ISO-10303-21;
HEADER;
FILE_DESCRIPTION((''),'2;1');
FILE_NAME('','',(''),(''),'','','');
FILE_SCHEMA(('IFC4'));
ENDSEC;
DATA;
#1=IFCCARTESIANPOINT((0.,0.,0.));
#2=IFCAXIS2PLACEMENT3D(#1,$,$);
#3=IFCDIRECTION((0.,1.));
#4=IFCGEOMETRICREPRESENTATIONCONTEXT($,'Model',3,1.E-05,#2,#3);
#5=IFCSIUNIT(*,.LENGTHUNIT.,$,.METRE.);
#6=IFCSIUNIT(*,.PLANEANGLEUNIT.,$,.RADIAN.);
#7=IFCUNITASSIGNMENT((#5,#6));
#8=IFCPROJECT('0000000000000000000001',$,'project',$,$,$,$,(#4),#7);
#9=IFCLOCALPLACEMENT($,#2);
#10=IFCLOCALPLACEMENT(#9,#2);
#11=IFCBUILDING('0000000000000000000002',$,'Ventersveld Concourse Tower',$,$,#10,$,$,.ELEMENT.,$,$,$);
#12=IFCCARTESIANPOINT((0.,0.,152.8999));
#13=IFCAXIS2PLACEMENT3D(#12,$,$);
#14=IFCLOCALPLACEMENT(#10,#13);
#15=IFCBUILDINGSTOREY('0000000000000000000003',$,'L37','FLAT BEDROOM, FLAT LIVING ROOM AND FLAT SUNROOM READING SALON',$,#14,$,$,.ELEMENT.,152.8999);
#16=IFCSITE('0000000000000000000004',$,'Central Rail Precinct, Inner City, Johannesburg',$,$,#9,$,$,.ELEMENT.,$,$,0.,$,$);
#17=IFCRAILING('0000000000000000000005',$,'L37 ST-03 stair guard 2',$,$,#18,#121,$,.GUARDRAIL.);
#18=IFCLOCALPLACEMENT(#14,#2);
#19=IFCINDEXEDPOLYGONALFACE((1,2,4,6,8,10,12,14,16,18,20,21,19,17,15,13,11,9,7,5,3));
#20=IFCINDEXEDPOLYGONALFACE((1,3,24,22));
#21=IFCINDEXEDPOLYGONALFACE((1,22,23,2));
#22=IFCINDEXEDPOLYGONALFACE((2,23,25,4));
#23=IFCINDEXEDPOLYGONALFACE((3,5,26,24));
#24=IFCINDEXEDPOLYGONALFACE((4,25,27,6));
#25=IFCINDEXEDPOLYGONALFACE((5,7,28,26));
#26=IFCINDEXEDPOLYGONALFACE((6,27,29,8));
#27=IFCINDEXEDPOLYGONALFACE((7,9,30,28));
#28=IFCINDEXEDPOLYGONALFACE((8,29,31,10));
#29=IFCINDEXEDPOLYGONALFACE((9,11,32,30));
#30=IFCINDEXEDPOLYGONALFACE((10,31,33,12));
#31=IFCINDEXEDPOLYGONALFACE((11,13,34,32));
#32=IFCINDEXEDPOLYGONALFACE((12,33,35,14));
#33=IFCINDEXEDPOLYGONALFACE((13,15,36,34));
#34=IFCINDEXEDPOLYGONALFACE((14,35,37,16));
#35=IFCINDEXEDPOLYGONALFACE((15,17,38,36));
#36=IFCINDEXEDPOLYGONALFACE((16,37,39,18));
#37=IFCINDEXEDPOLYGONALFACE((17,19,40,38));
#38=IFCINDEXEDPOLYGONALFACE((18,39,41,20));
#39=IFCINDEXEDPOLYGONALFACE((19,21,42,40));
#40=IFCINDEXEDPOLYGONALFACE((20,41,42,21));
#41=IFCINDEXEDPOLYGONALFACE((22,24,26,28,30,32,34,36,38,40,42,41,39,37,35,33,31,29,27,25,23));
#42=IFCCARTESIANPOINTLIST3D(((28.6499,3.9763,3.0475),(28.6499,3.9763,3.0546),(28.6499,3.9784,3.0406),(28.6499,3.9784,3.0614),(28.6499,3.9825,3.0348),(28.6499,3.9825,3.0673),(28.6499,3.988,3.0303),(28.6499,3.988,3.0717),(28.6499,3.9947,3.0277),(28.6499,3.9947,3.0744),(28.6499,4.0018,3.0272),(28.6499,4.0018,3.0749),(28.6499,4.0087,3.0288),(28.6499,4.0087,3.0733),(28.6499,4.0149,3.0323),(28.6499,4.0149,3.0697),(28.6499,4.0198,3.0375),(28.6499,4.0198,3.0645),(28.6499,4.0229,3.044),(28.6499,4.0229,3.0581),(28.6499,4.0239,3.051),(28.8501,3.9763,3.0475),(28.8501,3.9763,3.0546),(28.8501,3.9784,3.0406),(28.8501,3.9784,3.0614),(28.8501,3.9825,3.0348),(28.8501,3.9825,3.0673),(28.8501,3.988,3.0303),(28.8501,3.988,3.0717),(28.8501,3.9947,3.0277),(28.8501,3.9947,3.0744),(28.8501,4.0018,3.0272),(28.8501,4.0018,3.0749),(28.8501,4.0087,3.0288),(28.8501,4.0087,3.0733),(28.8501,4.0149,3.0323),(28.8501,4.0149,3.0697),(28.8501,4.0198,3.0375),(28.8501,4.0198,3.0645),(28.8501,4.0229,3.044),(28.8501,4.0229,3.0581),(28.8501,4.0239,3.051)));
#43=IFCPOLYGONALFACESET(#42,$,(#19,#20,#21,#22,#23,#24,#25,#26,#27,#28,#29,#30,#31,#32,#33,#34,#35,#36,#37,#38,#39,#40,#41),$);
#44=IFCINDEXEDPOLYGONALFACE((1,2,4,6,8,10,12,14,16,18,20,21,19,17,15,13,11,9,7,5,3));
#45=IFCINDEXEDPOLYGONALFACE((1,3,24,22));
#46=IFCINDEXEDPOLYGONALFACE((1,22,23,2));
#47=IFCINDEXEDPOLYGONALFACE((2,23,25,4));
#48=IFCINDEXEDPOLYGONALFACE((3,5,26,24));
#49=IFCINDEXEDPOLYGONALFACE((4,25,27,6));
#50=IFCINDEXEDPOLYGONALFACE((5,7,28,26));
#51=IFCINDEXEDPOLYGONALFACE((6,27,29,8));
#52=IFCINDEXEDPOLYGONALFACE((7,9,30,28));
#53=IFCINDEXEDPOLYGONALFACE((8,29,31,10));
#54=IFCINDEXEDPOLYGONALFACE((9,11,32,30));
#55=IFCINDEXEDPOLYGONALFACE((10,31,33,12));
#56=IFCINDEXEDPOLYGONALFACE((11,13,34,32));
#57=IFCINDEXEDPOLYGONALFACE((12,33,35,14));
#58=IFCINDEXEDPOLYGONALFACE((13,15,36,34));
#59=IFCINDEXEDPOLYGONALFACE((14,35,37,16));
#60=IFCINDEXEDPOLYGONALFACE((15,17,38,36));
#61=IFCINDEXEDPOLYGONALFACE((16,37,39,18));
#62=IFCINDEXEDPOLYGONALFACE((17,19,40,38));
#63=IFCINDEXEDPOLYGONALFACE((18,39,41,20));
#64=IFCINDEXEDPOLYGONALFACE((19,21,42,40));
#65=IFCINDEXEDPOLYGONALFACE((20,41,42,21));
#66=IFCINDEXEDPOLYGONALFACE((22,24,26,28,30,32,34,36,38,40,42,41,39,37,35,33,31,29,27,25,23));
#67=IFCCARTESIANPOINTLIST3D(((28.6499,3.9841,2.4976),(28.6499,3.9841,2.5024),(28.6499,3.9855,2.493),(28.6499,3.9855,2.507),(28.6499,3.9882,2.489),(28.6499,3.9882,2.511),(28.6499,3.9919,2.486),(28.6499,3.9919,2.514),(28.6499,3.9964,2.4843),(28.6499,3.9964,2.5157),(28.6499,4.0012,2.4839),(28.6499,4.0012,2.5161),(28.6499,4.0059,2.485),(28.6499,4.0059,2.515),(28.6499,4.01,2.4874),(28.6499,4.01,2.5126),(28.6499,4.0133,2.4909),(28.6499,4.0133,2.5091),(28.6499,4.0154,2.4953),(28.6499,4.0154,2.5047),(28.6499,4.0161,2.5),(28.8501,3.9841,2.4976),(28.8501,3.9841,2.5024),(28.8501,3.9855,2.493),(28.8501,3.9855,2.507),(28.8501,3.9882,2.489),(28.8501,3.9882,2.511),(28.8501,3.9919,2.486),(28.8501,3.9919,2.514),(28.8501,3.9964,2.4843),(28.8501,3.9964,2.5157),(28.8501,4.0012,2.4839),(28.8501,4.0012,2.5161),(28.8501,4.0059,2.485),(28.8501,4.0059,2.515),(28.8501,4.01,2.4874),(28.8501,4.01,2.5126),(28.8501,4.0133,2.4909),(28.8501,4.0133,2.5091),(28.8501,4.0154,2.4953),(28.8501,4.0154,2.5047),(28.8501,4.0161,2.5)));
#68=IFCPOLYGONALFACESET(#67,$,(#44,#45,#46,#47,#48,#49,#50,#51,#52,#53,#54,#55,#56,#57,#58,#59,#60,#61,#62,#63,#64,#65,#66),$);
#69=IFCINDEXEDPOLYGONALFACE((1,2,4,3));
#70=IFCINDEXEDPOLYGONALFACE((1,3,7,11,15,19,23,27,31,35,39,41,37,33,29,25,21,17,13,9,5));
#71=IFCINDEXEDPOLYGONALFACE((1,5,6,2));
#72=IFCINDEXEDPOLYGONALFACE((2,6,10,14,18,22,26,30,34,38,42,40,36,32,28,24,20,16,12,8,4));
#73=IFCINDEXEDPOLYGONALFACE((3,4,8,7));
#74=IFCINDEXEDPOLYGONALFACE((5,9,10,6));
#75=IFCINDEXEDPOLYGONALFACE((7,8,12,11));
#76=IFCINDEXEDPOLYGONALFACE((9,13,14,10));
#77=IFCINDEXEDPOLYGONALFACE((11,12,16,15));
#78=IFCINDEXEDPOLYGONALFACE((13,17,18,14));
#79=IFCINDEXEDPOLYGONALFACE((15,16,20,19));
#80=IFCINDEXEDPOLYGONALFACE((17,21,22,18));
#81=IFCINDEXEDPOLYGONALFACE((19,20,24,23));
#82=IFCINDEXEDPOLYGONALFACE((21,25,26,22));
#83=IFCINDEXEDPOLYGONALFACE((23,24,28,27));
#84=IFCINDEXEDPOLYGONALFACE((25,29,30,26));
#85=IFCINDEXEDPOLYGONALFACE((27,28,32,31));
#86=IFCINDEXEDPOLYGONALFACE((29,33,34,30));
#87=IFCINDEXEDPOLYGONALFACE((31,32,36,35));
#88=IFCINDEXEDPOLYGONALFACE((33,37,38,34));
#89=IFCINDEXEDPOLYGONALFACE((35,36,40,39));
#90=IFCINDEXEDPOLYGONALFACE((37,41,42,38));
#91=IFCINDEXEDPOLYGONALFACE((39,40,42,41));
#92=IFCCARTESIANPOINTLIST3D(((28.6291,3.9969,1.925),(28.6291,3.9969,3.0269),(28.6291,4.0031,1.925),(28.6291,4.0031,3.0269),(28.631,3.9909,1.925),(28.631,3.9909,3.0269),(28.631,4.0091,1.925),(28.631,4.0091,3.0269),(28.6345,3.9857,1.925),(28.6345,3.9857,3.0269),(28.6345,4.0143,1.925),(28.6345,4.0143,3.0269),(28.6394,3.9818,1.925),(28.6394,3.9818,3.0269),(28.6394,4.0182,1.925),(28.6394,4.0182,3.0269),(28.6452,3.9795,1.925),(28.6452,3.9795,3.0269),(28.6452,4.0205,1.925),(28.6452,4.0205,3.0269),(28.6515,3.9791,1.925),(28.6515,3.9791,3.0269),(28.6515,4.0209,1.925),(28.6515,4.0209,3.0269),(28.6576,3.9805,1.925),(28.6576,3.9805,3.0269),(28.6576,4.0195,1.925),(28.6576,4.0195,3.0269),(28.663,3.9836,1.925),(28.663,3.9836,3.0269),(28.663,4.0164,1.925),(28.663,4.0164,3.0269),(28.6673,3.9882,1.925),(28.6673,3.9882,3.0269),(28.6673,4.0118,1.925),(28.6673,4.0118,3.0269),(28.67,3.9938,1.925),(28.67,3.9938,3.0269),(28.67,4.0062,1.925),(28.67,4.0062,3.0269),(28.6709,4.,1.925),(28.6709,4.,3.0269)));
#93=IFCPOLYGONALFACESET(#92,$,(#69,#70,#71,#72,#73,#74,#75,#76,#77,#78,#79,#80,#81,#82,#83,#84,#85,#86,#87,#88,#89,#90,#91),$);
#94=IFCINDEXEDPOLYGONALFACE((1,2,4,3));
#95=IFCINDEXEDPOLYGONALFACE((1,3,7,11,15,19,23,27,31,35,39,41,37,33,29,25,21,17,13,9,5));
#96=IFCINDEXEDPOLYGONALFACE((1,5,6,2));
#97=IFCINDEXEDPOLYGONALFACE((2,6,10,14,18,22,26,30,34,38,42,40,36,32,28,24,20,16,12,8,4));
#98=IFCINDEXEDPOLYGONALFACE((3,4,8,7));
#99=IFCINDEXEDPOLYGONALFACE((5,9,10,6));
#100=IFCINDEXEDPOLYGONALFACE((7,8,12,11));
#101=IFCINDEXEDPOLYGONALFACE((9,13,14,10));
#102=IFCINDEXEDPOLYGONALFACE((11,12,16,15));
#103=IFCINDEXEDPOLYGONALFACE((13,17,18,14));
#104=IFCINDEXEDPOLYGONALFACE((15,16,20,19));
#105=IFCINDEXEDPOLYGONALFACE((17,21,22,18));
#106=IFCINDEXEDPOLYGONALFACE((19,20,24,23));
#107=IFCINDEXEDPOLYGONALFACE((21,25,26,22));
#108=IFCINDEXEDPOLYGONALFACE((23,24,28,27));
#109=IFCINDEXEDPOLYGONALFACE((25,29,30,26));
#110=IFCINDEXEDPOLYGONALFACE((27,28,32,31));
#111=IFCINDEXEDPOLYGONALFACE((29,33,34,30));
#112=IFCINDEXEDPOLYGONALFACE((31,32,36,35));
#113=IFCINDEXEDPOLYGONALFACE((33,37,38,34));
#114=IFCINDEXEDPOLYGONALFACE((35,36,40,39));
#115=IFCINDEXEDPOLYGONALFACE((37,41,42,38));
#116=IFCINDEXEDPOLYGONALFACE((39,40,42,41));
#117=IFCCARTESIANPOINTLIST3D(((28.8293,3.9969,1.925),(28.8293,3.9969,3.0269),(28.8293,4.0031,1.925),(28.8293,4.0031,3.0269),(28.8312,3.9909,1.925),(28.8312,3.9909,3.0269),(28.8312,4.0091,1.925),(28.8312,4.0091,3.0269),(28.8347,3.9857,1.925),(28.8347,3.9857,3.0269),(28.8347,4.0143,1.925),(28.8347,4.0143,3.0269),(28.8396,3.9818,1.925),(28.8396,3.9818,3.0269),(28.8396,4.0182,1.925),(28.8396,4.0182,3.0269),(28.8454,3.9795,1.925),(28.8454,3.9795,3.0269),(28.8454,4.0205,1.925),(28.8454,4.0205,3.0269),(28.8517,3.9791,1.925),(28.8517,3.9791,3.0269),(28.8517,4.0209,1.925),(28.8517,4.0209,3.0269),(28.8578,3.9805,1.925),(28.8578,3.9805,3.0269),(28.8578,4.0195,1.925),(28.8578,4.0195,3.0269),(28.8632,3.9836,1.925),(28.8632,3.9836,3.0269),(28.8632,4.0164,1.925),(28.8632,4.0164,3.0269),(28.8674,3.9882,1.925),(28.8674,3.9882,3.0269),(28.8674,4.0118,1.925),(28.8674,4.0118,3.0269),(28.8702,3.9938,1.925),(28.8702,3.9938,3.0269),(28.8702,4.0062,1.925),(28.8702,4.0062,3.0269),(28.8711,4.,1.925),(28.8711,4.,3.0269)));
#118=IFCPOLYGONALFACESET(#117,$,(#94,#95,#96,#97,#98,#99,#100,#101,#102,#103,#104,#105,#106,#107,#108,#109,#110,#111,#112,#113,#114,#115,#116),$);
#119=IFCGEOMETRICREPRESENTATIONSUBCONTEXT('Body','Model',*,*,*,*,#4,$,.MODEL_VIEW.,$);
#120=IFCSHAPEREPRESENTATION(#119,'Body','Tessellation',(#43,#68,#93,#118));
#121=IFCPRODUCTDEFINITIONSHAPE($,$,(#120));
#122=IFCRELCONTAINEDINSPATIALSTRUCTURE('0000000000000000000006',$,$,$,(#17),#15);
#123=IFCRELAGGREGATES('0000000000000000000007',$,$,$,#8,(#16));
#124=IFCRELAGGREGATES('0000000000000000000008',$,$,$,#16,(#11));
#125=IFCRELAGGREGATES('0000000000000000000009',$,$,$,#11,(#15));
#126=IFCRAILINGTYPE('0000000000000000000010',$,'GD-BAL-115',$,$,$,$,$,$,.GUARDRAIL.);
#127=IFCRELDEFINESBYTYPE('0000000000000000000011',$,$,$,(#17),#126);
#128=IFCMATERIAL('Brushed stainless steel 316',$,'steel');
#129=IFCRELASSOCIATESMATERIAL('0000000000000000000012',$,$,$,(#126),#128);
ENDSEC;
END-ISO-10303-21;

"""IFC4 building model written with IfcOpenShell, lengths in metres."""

from ifc_helpers import new_model, si_unit, direction, frame, origin, origin_2d, place, context, subcontext, project, spatial, circle, extrude, material, type_object, element, save


model = new_model("IFC4")

# Units and contexts
model_context = context("Model", 3, precision=1e-05, world=origin(), true_north=direction((0.0, 1.0)))
body_context = subcontext(model_context, "Body", "Model", "MODEL_VIEW")
ifc_project = project(units=[si_unit("LENGTHUNIT", "METRE"), si_unit("PLANEANGLEUNIT", "RADIAN")], contexts=[model_context])

# Site, building, storey
site_placement = place(None, origin())
site = spatial("IfcSite", under=ifc_project, at=site_placement, Name="Central Rail Precinct, Inner City, Johannesburg", CompositionType="ELEMENT", RefElevation=0.0)
building_placement = place(site_placement, origin())
building = spatial("IfcBuilding", under=site, at=building_placement, Name="Ventersveld Concourse Tower", CompositionType="ELEMENT")
storey_placement = place(building_placement, frame((0.0, 0.0, 152.8999)))
storey = spatial("IfcBuildingStorey", under=building, at=storey_placement, Name="L37", Description="FLAT BEDROOM, FLAT LIVING ROOM AND FLAT SUNROOM READING SALON", CompositionType="ELEMENT", Elevation=152.8999)

# Shared definitions
ifc_material_1 = material(Name="Brushed stainless steel 316", Category="steel")

# Railing
railing_type_1 = type_object("IfcRailingType", Name="GD-BAL-115", PredefinedType="GUARDRAIL", material=ifc_material_1)
railing_1_placement = place(storey_placement, frame((28.6499, 4.0, 1.925)))
element("IfcRailing", 1, at=railing_1_placement, inside=storey, type_object=railing_type_1, Name="L37 ST-03 stair guard 2", PredefinedType="GUARDRAIL", context=body_context, shape_type="SweptSolid", body=[
    extrude(circle(Radius=0.0239, at=origin_2d()), frame((0.0, 0.0, 1.126), z_axis=(1.0, 0.0, 0.0), x_axis=(0.0, 1.0, 0.0)), (0.0, 0.0, 1.0), 0.2002),
    extrude(circle(Radius=0.0161, at=origin_2d()), frame((0.0, 0.0, 0.575), z_axis=(1.0, 0.0, 0.0), x_axis=(0.0, 1.0, 0.0)), (0.0, 0.0, 1.0), 0.2002),
    extrude(circle(Radius=0.021, at=origin_2d()), origin(), (0.0, 0.0, 1.0), 1.1018),
    extrude(circle(Radius=0.021, at=origin_2d()), frame((0.2002, 0.0, 0.0)), (0.0, 0.0, 1.0), 1.1018),
])

save(model, "model.ifc")
